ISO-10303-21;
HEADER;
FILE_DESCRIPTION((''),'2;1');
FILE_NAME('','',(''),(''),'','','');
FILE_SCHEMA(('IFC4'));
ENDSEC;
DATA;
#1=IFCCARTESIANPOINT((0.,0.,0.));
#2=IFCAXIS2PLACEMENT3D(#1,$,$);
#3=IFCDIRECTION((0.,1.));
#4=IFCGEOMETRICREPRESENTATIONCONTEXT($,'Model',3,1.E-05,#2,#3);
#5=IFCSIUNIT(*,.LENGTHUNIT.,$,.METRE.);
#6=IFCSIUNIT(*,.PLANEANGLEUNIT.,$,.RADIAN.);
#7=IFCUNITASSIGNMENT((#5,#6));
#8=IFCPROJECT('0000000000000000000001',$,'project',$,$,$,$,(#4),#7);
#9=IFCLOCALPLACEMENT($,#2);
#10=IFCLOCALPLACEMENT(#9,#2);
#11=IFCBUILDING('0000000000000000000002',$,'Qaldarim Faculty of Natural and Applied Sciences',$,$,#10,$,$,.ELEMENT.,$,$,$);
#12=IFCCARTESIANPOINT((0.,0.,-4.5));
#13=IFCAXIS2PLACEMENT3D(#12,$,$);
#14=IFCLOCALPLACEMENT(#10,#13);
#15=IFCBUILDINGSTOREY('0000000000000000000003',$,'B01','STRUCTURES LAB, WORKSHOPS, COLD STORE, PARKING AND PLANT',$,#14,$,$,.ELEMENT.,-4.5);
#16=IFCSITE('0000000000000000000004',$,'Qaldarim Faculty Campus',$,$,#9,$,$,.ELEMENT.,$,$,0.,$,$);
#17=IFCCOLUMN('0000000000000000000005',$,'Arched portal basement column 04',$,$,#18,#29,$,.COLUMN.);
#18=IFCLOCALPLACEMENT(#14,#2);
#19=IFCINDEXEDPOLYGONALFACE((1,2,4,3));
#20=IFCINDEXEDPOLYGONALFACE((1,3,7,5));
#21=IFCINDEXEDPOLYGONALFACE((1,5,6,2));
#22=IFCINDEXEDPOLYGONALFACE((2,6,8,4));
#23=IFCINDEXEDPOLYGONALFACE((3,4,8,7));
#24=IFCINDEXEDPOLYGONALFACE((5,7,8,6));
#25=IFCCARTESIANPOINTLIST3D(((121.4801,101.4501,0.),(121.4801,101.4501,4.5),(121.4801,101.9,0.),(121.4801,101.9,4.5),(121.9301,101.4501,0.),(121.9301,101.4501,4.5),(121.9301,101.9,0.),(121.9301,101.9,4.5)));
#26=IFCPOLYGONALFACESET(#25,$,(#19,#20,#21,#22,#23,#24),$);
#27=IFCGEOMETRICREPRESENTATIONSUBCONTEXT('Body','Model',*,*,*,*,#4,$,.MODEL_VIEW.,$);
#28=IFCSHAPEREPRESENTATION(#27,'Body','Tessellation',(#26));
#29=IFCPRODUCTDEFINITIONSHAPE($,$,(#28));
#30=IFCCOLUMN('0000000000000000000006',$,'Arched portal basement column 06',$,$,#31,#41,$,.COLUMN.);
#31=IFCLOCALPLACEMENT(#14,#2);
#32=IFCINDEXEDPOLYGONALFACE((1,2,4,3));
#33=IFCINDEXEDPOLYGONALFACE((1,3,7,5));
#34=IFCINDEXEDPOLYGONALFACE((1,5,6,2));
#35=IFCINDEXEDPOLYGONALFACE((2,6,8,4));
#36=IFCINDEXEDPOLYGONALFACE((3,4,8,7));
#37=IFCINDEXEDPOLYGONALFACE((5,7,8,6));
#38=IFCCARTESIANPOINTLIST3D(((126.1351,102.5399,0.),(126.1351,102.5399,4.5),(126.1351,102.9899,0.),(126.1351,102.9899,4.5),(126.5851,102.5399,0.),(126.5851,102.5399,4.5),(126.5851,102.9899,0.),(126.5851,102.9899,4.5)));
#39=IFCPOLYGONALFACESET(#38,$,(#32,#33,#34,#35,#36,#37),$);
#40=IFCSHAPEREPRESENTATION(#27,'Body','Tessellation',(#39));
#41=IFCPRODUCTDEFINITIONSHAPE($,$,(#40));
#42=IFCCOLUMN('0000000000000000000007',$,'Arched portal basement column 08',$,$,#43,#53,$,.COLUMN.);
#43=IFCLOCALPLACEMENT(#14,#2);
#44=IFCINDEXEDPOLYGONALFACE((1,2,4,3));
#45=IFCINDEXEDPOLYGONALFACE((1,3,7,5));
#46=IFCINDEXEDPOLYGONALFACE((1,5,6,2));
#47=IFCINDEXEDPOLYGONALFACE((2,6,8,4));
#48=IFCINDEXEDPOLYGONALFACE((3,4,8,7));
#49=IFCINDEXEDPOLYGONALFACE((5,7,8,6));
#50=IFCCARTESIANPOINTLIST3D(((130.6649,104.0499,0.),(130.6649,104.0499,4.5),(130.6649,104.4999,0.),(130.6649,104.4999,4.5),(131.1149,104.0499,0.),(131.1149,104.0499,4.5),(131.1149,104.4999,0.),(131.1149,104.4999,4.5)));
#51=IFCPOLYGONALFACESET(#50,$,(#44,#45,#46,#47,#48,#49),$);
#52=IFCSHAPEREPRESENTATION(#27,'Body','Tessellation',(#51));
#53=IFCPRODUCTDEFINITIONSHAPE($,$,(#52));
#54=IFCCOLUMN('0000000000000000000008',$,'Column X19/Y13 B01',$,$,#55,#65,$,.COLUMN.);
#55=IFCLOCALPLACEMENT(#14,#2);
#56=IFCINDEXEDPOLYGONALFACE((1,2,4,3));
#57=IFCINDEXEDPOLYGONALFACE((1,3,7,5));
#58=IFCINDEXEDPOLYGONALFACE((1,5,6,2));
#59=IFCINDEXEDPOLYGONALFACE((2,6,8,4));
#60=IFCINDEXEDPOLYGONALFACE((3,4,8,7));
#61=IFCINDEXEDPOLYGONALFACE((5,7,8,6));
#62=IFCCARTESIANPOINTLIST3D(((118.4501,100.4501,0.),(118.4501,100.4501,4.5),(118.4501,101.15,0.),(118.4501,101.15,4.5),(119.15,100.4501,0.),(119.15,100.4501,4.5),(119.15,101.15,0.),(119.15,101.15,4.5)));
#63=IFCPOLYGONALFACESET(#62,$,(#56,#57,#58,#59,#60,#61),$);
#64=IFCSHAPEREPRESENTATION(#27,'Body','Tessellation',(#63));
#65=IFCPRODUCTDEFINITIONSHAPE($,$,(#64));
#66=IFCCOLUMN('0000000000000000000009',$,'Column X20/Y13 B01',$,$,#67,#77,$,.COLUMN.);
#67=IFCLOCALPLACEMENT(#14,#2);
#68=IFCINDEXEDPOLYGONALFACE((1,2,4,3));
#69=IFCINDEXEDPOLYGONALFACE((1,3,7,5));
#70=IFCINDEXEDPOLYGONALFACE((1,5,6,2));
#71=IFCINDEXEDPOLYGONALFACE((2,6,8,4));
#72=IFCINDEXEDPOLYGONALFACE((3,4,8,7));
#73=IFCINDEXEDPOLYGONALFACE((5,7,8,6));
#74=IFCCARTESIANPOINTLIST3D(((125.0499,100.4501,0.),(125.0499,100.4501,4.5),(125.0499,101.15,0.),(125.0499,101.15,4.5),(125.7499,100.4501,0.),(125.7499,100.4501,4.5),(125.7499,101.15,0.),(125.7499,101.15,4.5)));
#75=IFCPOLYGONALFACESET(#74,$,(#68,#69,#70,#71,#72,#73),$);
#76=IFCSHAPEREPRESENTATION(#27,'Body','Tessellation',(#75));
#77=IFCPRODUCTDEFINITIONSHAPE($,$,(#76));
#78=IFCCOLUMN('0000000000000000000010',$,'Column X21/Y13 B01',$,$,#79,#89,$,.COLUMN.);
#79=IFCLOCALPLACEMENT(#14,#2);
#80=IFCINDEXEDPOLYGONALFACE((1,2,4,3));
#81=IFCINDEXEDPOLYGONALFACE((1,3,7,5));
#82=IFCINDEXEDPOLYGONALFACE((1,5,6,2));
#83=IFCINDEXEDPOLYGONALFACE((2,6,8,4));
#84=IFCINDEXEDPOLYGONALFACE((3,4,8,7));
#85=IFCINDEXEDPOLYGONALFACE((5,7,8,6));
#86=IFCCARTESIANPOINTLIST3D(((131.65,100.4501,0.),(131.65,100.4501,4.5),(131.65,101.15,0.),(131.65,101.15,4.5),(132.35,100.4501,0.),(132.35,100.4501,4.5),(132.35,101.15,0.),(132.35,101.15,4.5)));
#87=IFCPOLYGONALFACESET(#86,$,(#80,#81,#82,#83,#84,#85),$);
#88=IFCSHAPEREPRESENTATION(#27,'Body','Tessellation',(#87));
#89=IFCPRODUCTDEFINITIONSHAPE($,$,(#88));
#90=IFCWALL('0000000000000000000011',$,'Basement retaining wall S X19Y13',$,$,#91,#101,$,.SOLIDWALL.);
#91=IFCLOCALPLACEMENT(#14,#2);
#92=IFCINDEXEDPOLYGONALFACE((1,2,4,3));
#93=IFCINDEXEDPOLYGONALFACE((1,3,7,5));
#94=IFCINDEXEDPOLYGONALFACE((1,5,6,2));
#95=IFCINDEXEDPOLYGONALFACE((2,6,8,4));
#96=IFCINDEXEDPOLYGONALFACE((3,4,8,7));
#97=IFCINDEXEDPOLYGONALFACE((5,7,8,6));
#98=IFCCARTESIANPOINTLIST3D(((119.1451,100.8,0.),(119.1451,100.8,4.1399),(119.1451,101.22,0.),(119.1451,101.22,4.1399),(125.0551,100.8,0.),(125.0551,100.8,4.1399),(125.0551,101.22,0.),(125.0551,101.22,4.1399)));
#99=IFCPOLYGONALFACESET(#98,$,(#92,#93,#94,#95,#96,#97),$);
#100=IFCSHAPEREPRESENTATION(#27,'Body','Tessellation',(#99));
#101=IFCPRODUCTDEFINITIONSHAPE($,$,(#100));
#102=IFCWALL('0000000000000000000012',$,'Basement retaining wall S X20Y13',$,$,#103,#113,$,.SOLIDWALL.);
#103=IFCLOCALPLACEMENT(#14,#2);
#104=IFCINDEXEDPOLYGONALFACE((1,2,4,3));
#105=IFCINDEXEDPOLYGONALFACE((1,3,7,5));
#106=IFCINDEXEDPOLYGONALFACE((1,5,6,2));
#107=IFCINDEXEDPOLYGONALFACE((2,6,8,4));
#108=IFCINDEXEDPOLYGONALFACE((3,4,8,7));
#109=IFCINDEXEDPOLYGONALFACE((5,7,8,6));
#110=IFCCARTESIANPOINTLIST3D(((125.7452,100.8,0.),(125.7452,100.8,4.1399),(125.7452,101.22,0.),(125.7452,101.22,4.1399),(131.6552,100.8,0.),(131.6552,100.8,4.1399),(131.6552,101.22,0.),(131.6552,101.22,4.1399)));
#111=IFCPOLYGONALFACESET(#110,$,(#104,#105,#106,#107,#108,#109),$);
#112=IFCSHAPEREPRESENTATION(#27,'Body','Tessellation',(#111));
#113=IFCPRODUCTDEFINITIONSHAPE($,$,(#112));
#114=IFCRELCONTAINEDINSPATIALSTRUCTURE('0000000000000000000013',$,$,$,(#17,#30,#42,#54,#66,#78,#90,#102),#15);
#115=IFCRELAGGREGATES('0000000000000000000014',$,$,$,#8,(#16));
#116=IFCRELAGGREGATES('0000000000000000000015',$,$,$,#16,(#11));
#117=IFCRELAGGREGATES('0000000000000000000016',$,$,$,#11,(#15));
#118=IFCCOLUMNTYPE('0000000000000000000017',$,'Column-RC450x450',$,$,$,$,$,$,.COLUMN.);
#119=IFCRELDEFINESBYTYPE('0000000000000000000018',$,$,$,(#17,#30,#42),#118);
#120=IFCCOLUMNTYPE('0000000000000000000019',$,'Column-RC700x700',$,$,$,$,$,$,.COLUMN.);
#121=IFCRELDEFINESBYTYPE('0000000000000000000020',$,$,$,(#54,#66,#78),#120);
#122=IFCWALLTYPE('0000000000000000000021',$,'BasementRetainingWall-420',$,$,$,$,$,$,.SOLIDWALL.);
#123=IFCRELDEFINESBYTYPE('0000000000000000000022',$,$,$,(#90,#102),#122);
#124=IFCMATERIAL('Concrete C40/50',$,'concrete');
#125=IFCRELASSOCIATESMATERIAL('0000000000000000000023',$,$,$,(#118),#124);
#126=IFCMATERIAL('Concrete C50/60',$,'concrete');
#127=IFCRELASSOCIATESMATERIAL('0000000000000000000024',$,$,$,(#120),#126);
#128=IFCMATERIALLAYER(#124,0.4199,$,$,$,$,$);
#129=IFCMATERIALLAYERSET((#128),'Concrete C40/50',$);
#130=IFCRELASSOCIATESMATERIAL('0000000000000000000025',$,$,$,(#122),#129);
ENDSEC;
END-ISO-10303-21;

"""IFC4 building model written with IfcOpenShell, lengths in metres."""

from ifc_helpers import new_model, si_unit, direction, frame, frame_2d, origin, origin_2d, place, context, subcontext, project, spatial, rectangle, extrude, material, layer, layer_set, material_profile, profile_set, type_object, element, save


model = new_model("IFC4")

# Units and contexts
model_context = context("Model", 3, precision=1e-05, world=origin(), true_north=direction((0.0, 1.0)))
body_context = subcontext(model_context, "Body", "Model", "MODEL_VIEW")
ifc_project = project(units=[si_unit("LENGTHUNIT", "METRE"), si_unit("PLANEANGLEUNIT", "RADIAN")], contexts=[model_context])

# Site, building, storey
site_placement = place(None, origin())
site = spatial("IfcSite", under=ifc_project, at=site_placement, Name="Qaldarim Faculty Campus", CompositionType="ELEMENT", RefElevation=0.0)
building_placement = place(site_placement, origin())
building = spatial("IfcBuilding", under=site, at=building_placement, Name="Qaldarim Faculty of Natural and Applied Sciences", CompositionType="ELEMENT")
storey_placement = place(building_placement, frame((0.0, 0.0, -4.5)))
storey = spatial("IfcBuildingStorey", under=building, at=storey_placement, Name="B01", Description="STRUCTURES LAB, WORKSHOPS, COLD STORE, PARKING AND PLANT", CompositionType="ELEMENT", Elevation=-4.5)

# Shared definitions
ifc_material_1 = material(Name="Concrete C40/50", Category="concrete")

# Columns
ifc_material_profile_1 = material_profile(ifc_material_1, rectangle(XDim=0.45, YDim=0.45, at=origin_2d()), Name="RC-C450x450")
ifc_profile_set_1 = profile_set([ifc_material_profile_1], Name="Concrete C40/50")
column_type_1 = type_object("IfcColumnType", Name="Column-RC450x450", PredefinedType="COLUMN", material=ifc_profile_set_1)
for number, where, z_axis, x_axis, name in (
    (1, (121.7051, 101.675, 0.0), (0.0, 0.0, 1.0), (1.0, 0.0, 0.0), "Arched portal basement column 04"),
    (2, (126.3601, 102.7649, 0.0), (0.0, 0.0, 1.0), (1.0, 0.0, 0.0), "Arched portal basement column 06"),
    (3, (130.8899, 104.2749, 0.0), (0.0, 0.0, 1.0), (1.0, 0.0, 0.0), "Arched portal basement column 08"),
):
    element("IfcColumn", number, at=place(storey_placement, frame(where, z_axis=z_axis, x_axis=x_axis)), inside=storey, type_object=column_type_1, Name=name, PredefinedType="COLUMN", context=body_context, shape_type="SweptSolid", body=[
        extrude(rectangle(XDim=0.45, YDim=0.45, at=origin_2d()), origin(), (0.0, 0.0, 1.0), 4.5),
    ])
ifc_material_2 = material(Name="Concrete C50/60", Category="concrete")
ifc_material_profile_2 = material_profile(ifc_material_2, rectangle(XDim=0.7, YDim=0.7, at=origin_2d()), Name="RC-C700x700")
ifc_profile_set_2 = profile_set([ifc_material_profile_2], Name="Concrete C50/60")
column_type_2 = type_object("IfcColumnType", Name="Column-RC700x700", PredefinedType="COLUMN", material=ifc_profile_set_2)
for number, where, z_axis, x_axis, name in (
    (4, (118.8, 100.8, 0.0), (0.0, 0.0, 1.0), (1.0, 0.0, 0.0), "Column X19/Y13 B01"),
    (5, (125.3999, 100.8, 0.0), (0.0, 0.0, 1.0), (1.0, 0.0, 0.0), "Column X20/Y13 B01"),
    (6, (132.0, 100.8, 0.0), (0.0, 0.0, 1.0), (1.0, 0.0, 0.0), "Column X21/Y13 B01"),
):
    element("IfcColumn", number, at=place(storey_placement, frame(where, z_axis=z_axis, x_axis=x_axis)), inside=storey, type_object=column_type_2, Name=name, PredefinedType="COLUMN", context=body_context, shape_type="SweptSolid", body=[
        extrude(rectangle(XDim=0.7, YDim=0.7, at=origin_2d()), origin(), (0.0, 0.0, 1.0), 4.5),
    ])

# Walls
ifc_layer_1 = layer(ifc_material_1, 0.4199)
ifc_layer_set_1 = layer_set([ifc_layer_1], Name="Concrete C40/50")
wall_type = type_object("IfcWallType", Name="BasementRetainingWall-420", PredefinedType="SOLIDWALL", material=ifc_layer_set_1)
for number, where, z_axis, x_axis, name in (
    (7, (119.145, 101.01, 0.0), (0.0, 0.0, 1.0), (1.0, 0.0, 0.0), "Basement retaining wall S X19Y13"),
    (8, (125.7451, 101.01, 0.0), (0.0, 0.0, 1.0), (1.0, 0.0, 0.0), "Basement retaining wall S X20Y13"),
):
    element("IfcWall", number, at=place(storey_placement, frame(where, z_axis=z_axis, x_axis=x_axis)), inside=storey, type_object=wall_type, Name=name, PredefinedType="SOLIDWALL", context=body_context, shape_type="SweptSolid", body=[
        extrude(rectangle(XDim=5.9099, YDim=0.4199, at=frame_2d((2.9551, 0.0))), origin(), (0.0, 0.0, 1.0), 4.1399),
    ])

save(model, "model.ifc")
